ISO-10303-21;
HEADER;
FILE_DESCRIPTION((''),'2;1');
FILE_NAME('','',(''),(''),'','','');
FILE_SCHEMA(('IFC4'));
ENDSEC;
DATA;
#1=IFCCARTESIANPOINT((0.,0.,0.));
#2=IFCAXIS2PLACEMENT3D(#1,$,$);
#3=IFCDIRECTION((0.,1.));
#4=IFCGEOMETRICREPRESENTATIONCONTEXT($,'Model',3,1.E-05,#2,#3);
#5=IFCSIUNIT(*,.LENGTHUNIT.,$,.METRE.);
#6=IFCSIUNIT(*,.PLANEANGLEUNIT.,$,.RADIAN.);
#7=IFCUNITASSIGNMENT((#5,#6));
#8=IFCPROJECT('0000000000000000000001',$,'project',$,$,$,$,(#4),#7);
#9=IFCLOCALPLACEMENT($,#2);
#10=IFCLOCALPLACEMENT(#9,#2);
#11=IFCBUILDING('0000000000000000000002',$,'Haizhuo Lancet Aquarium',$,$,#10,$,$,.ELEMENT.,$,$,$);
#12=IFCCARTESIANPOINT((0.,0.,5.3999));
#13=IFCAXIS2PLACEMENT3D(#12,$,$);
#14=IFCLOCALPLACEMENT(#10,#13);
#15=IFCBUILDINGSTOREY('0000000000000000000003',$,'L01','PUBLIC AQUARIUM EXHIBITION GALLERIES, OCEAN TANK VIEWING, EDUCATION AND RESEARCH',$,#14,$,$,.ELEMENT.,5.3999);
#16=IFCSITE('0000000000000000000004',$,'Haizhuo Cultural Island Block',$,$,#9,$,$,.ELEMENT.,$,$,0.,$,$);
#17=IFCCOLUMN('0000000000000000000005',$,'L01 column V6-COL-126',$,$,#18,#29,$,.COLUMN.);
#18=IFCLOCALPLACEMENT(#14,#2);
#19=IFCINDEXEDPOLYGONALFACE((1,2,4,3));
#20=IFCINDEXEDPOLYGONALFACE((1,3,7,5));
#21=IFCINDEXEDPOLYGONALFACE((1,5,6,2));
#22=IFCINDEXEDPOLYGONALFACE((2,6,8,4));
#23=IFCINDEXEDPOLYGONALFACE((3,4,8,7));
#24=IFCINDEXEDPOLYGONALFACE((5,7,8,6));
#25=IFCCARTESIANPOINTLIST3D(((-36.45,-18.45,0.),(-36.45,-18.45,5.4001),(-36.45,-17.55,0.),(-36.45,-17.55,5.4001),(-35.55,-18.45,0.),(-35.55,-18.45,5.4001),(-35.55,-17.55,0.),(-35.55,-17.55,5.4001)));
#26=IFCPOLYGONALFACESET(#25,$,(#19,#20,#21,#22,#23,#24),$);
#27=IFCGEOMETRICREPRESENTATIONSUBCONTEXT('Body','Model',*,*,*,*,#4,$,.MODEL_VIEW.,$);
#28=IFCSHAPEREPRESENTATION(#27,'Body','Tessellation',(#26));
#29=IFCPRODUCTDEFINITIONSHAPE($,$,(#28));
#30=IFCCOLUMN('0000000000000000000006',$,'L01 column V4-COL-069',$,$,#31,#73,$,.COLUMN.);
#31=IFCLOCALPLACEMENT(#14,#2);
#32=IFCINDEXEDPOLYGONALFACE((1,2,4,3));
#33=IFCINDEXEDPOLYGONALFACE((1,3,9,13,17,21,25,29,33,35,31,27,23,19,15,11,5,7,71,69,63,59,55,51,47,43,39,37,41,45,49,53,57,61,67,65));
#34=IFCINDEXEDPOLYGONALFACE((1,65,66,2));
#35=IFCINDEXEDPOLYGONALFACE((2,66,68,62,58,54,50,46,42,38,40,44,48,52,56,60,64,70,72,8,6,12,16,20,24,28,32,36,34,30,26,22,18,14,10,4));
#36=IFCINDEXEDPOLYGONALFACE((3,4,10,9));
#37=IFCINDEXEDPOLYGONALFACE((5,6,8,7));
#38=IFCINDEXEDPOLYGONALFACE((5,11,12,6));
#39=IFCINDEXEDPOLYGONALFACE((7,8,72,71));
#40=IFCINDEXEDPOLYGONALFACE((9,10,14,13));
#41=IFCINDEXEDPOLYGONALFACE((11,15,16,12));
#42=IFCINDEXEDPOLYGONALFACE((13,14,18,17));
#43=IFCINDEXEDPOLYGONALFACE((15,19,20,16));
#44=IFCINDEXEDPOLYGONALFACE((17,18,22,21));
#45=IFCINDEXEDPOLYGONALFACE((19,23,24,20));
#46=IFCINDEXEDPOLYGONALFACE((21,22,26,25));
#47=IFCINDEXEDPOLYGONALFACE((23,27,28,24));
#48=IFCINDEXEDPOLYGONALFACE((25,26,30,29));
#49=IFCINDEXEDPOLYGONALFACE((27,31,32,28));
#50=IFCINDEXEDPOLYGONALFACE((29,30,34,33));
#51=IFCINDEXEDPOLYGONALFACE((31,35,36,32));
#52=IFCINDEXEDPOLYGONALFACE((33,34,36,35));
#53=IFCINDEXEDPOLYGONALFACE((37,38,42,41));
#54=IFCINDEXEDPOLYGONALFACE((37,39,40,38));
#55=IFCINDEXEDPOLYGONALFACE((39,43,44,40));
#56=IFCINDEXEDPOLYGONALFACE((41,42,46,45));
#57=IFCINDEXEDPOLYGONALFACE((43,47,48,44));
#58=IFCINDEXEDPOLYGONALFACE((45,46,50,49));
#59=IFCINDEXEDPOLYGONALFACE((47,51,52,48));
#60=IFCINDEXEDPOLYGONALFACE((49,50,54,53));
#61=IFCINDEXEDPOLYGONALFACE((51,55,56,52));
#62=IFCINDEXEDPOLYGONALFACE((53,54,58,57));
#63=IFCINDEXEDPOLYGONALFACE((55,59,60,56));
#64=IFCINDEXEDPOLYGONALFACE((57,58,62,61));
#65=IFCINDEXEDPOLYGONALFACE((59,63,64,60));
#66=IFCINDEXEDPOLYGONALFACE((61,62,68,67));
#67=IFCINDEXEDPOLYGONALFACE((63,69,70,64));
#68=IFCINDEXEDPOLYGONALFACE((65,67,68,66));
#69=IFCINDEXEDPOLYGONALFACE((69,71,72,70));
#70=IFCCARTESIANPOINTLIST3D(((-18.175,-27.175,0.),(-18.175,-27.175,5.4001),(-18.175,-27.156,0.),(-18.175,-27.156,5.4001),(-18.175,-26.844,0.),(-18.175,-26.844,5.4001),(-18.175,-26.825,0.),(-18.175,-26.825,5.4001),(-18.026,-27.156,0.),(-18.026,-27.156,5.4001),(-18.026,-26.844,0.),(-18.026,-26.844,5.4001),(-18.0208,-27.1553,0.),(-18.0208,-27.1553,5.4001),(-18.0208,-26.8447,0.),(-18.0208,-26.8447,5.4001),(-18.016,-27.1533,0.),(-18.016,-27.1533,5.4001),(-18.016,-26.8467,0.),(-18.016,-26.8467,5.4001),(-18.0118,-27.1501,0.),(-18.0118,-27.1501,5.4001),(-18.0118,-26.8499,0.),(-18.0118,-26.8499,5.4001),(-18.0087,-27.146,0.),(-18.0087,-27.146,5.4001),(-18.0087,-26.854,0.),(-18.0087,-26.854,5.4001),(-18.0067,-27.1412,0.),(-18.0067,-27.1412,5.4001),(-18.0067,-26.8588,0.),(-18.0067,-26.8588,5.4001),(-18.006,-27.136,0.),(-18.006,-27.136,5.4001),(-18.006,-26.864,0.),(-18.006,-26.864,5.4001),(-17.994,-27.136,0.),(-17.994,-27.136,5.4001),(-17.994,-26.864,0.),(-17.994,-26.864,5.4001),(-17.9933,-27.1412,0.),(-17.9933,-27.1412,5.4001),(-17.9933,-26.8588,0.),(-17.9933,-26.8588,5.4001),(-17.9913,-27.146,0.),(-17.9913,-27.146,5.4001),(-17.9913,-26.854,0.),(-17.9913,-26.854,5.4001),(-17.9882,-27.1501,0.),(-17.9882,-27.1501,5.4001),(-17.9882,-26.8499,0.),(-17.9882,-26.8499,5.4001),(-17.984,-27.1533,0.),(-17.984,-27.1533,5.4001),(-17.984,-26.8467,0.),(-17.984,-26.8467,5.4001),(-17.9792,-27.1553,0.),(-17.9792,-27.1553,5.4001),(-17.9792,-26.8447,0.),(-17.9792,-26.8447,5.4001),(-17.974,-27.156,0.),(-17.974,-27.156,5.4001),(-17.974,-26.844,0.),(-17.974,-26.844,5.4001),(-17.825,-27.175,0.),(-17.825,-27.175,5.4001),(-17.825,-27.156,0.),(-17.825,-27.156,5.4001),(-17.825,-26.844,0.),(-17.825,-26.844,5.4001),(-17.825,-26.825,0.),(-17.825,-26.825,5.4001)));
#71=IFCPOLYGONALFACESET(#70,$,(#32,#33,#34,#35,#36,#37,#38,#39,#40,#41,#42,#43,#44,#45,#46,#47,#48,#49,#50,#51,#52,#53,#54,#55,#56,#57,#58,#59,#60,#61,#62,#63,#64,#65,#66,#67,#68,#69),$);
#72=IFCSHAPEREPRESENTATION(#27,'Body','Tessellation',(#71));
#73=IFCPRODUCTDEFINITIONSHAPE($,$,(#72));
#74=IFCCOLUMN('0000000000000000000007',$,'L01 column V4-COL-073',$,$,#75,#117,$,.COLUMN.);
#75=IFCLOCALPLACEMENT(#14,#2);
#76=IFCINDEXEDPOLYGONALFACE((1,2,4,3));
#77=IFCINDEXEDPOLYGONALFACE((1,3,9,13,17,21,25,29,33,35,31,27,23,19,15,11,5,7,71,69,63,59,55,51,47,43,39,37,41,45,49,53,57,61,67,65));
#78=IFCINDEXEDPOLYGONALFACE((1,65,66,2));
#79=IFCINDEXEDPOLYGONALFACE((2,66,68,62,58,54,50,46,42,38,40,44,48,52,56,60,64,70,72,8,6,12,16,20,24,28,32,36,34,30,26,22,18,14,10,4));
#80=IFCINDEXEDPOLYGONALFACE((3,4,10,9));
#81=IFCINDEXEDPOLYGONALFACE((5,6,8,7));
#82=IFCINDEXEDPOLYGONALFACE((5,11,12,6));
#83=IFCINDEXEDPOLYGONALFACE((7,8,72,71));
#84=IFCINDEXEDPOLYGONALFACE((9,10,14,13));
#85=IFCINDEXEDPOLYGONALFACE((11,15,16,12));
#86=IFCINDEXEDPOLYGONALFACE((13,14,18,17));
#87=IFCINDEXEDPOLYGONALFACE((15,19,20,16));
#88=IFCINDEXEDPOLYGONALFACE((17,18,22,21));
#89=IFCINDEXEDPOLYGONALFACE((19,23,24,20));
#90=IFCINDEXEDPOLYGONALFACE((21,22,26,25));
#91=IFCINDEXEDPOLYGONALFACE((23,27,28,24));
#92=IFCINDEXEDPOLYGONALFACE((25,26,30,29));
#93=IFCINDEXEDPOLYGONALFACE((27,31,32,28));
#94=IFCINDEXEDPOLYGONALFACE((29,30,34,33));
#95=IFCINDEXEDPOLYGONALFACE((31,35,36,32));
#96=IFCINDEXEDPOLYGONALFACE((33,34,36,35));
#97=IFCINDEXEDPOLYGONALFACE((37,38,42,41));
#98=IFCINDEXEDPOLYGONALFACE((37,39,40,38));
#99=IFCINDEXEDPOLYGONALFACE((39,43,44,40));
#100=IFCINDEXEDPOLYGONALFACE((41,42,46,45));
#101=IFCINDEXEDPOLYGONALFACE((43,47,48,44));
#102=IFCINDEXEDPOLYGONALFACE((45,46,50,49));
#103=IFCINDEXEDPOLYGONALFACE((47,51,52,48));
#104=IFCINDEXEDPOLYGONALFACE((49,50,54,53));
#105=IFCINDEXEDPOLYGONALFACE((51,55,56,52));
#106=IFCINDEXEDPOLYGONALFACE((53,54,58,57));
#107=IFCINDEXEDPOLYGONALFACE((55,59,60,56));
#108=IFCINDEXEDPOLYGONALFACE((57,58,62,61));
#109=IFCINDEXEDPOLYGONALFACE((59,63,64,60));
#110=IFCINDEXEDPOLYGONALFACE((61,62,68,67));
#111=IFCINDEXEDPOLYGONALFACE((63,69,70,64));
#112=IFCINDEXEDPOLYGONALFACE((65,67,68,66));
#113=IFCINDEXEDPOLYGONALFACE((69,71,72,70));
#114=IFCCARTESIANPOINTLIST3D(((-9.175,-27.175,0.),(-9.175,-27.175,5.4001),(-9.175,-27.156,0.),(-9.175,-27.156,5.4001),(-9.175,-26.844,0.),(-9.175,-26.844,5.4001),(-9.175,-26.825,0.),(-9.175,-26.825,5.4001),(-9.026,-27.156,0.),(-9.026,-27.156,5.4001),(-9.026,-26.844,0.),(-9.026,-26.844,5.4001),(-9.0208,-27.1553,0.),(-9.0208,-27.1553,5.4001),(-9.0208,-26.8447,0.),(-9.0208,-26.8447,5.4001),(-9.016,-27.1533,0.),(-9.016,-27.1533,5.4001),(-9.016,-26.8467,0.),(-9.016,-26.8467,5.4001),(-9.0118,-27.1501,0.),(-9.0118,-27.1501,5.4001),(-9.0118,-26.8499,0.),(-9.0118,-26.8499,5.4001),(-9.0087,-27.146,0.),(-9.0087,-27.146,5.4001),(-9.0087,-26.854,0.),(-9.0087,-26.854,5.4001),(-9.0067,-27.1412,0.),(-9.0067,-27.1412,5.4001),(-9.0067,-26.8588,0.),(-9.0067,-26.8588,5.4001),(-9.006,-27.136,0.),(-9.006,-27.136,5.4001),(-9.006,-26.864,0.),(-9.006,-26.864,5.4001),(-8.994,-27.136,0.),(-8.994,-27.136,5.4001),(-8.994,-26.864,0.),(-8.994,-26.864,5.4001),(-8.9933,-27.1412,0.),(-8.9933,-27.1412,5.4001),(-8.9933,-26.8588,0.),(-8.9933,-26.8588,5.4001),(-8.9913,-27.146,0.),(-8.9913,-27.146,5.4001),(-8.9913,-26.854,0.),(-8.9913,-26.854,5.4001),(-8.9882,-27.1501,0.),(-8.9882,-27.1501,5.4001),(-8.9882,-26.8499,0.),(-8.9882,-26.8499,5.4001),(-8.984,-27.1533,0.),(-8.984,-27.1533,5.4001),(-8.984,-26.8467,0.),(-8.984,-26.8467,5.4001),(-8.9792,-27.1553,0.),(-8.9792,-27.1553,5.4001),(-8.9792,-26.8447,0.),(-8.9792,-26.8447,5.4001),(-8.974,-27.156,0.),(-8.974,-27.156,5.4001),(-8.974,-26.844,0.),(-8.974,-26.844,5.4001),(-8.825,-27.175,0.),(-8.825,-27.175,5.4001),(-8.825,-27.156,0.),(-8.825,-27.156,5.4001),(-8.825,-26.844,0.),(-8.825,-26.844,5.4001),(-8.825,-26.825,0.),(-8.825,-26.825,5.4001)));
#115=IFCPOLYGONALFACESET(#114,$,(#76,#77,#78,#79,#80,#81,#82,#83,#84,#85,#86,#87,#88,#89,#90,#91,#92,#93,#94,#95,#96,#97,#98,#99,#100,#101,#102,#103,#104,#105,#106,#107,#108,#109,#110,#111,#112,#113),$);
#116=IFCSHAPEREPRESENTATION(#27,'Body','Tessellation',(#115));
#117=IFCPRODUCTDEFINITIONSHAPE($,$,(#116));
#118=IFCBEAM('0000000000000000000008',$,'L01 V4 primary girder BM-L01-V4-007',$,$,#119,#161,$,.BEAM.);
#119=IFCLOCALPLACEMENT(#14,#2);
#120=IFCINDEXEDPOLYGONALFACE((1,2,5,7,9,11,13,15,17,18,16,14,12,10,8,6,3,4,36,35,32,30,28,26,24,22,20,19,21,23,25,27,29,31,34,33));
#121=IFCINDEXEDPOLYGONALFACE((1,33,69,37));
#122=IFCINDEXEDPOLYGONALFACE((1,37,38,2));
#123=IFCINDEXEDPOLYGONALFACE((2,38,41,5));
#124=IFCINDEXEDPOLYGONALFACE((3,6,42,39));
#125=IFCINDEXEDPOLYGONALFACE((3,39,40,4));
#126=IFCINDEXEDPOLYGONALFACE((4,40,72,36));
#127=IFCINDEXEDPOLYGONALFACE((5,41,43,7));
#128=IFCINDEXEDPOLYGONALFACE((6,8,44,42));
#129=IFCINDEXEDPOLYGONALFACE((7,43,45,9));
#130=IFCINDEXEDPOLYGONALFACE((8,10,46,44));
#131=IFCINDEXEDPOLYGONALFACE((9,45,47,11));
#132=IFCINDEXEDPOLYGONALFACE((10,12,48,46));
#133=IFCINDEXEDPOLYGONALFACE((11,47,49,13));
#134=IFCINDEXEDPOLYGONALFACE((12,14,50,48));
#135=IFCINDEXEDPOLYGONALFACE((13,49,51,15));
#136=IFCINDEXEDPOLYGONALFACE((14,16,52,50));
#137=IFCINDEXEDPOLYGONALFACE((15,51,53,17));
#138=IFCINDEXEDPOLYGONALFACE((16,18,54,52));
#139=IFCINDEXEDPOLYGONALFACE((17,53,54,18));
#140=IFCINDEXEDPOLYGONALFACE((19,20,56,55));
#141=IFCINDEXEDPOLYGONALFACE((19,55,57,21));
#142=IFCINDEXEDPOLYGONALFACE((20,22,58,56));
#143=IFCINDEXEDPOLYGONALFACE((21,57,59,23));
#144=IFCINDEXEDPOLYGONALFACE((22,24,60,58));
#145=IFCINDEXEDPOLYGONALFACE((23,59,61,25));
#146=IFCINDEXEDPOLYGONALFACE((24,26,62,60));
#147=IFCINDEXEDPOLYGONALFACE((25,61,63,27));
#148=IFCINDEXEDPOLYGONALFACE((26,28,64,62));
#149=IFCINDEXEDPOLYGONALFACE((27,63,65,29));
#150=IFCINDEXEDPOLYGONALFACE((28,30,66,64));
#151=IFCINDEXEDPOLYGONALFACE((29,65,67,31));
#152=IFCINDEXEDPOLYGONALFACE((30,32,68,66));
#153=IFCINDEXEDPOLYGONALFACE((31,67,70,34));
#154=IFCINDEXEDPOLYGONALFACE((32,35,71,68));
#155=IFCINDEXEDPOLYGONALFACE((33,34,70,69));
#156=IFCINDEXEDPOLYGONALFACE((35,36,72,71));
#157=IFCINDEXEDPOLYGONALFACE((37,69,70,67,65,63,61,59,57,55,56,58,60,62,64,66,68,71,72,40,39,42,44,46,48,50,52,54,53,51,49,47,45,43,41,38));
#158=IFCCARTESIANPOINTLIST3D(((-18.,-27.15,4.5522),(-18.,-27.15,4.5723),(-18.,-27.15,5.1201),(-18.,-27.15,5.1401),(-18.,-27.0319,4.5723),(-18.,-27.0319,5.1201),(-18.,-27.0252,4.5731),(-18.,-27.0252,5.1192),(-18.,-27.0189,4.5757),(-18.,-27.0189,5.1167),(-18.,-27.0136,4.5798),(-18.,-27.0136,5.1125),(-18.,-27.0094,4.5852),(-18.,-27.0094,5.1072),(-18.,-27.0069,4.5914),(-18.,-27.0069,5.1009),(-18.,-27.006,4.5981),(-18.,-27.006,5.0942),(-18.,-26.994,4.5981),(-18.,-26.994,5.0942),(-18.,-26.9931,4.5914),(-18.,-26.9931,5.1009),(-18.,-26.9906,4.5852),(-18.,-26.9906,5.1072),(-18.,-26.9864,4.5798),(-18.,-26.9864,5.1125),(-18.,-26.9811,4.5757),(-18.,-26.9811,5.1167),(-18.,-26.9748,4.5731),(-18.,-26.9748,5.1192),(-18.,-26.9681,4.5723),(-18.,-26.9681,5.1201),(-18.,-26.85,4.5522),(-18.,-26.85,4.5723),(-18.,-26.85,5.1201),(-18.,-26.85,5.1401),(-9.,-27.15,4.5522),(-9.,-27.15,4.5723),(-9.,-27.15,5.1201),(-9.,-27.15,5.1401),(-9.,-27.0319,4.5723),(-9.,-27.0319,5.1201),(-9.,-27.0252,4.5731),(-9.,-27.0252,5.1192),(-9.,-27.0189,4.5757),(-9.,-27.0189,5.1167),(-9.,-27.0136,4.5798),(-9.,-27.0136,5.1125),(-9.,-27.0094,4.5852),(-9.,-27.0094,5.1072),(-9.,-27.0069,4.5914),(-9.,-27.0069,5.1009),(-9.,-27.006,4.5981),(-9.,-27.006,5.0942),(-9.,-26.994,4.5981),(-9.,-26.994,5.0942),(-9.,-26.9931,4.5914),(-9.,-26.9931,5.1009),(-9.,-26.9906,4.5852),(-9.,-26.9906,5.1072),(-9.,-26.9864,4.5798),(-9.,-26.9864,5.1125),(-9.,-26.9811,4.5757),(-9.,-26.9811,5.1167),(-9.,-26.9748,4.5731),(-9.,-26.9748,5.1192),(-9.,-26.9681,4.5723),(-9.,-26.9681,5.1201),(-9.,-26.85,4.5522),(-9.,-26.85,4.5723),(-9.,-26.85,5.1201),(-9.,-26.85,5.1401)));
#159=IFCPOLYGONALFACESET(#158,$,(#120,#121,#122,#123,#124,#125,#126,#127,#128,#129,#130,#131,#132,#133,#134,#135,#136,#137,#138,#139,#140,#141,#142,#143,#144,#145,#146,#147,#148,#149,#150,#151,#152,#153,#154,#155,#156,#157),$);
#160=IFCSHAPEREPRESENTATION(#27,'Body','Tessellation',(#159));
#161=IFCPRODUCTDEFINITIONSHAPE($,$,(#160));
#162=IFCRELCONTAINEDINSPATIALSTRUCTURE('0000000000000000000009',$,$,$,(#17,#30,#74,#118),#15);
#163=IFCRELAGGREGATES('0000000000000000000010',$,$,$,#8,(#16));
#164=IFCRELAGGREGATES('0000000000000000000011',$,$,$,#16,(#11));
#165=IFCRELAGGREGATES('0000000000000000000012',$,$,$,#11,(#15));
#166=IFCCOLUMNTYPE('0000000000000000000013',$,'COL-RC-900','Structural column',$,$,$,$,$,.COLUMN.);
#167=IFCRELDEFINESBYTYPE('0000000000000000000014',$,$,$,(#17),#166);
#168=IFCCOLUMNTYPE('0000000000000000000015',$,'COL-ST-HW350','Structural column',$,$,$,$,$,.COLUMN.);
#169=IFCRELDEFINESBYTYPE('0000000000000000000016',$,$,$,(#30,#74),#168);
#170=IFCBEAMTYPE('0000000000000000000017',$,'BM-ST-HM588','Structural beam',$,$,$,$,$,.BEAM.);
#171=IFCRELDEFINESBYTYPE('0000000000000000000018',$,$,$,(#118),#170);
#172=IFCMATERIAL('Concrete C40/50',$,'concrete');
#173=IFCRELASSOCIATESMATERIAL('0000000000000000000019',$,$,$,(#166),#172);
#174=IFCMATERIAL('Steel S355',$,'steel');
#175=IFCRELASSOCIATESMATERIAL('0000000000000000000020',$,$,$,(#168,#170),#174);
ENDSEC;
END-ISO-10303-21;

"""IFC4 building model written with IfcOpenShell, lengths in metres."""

from ifc_helpers import new_model, si_unit, direction, frame, origin, origin_2d, place, context, subcontext, project, spatial, rectangle, i_section, extrude, material, material_profile, profile_set, type_object, element, save


model = new_model("IFC4")

# Units and contexts
model_context = context("Model", 3, precision=1e-05, world=origin(), true_north=direction((0.0, 1.0)))
body_context = subcontext(model_context, "Body", "Model", "MODEL_VIEW")
ifc_project = project(units=[si_unit("LENGTHUNIT", "METRE"), si_unit("PLANEANGLEUNIT", "RADIAN")], contexts=[model_context])

# Site, building, storey
site_placement = place(None, origin())
site = spatial("IfcSite", under=ifc_project, at=site_placement, Name="Haizhuo Cultural Island Block", CompositionType="ELEMENT", RefElevation=0.0)
building_placement = place(site_placement, origin())
building = spatial("IfcBuilding", under=site, at=building_placement, Name="Haizhuo Lancet Aquarium", CompositionType="ELEMENT")
storey_placement = place(building_placement, frame((0.0, 0.0, 5.3999)))
storey = spatial("IfcBuildingStorey", under=building, at=storey_placement, Name="L01", Description="PUBLIC AQUARIUM EXHIBITION GALLERIES, OCEAN TANK VIEWING, EDUCATION AND RESEARCH", CompositionType="ELEMENT", Elevation=5.3999)

# Columns
ifc_material_1 = material(Name="Concrete C40/50", Category="concrete")
ifc_material_profile_1 = material_profile(ifc_material_1, rectangle(XDim=0.8999, YDim=0.8999, at=origin_2d()), Name="RC-COL 900x900")
ifc_profile_set_1 = profile_set([ifc_material_profile_1], Name="Concrete C40/50")
column_type_1 = type_object("IfcColumnType", Name="COL-RC-900", Description="Structural column", PredefinedType="COLUMN", material=ifc_profile_set_1)
column_1_placement = place(storey_placement, frame((-36.0, -18.0, 0.0), z_axis=(0.0, 0.0, 1.0), x_axis=(1.0, 0.0, 0.0)))
element("IfcColumn", 1, at=column_1_placement, inside=storey, type_object=column_type_1, Name="L01 column V6-COL-126", PredefinedType="COLUMN", context=body_context, shape_type="SweptSolid", body=[
    extrude(rectangle(XDim=0.8999, YDim=0.8999, at=origin_2d()), origin(), (0.0, 0.0, 1.0), 5.4001),
])
ifc_material_2 = material(Name="Steel S355", Category="steel")
ifc_material_profile_2 = material_profile(ifc_material_2, i_section(OverallWidth=0.3501, OverallDepth=0.3501, WebThickness=0.012, FlangeThickness=0.019, FilletRadius=0.02, at=origin_2d()), Name="HW 350x350x12x19")
ifc_profile_set_2 = profile_set([ifc_material_profile_2], Name="Steel S355")
column_type_2 = type_object("IfcColumnType", Name="COL-ST-HW350", Description="Structural column", PredefinedType="COLUMN", material=ifc_profile_set_2)
for number, where, z_axis, x_axis, name in (
    (2, (-18.0, -27.0, 0.0), (0.0, 0.0, 1.0), (1.0, 0.0, 0.0), "L01 column V4-COL-069"),
    (3, (-9.0, -27.0, 0.0), (0.0, 0.0, 1.0), (1.0, 0.0, 0.0), "L01 column V4-COL-073"),
):
    element("IfcColumn", number, at=place(storey_placement, frame(where, z_axis=z_axis, x_axis=x_axis)), inside=storey, type_object=column_type_2, Name=name, PredefinedType="COLUMN", context=body_context, shape_type="SweptSolid", body=[
        extrude(i_section(OverallWidth=0.3501, OverallDepth=0.3501, WebThickness=0.012, FlangeThickness=0.019, FilletRadius=0.02, at=origin_2d()), origin(), (0.0, 0.0, 1.0), 5.4001),
    ])

# Beam
ifc_material_profile_3 = material_profile(ifc_material_2, i_section(OverallWidth=0.3, OverallDepth=0.5879, WebThickness=0.012, FlangeThickness=0.02, FilletRadius=0.0259, at=origin_2d()), Name="HM 588x300x12x20")
ifc_profile_set_3 = profile_set([ifc_material_profile_3], Name="Steel S355")
beam_type_1 = type_object("IfcBeamType", Name="BM-ST-HM588", Description="Structural beam", PredefinedType="BEAM", material=ifc_profile_set_3)
for number, where, z_axis, x_axis, name in (
    (4, (-18.0, -27.0, 4.8462), (1.0, 0.0, 0.0), (0.0, 1.0, 0.0), "L01 V4 primary girder BM-L01-V4-007"),
):
    element("IfcBeam", number, at=place(storey_placement, frame(where, z_axis=z_axis, x_axis=x_axis)), inside=storey, type_object=beam_type_1, Name=name, PredefinedType="BEAM", context=body_context, shape_type="SweptSolid", body=[
        extrude(i_section(OverallWidth=0.3, OverallDepth=0.5879, WebThickness=0.012, FlangeThickness=0.02, FilletRadius=0.0259, at=origin_2d()), origin(), (0.0, 0.0, 1.0), 9.0),
    ])

save(model, "model.ifc")
